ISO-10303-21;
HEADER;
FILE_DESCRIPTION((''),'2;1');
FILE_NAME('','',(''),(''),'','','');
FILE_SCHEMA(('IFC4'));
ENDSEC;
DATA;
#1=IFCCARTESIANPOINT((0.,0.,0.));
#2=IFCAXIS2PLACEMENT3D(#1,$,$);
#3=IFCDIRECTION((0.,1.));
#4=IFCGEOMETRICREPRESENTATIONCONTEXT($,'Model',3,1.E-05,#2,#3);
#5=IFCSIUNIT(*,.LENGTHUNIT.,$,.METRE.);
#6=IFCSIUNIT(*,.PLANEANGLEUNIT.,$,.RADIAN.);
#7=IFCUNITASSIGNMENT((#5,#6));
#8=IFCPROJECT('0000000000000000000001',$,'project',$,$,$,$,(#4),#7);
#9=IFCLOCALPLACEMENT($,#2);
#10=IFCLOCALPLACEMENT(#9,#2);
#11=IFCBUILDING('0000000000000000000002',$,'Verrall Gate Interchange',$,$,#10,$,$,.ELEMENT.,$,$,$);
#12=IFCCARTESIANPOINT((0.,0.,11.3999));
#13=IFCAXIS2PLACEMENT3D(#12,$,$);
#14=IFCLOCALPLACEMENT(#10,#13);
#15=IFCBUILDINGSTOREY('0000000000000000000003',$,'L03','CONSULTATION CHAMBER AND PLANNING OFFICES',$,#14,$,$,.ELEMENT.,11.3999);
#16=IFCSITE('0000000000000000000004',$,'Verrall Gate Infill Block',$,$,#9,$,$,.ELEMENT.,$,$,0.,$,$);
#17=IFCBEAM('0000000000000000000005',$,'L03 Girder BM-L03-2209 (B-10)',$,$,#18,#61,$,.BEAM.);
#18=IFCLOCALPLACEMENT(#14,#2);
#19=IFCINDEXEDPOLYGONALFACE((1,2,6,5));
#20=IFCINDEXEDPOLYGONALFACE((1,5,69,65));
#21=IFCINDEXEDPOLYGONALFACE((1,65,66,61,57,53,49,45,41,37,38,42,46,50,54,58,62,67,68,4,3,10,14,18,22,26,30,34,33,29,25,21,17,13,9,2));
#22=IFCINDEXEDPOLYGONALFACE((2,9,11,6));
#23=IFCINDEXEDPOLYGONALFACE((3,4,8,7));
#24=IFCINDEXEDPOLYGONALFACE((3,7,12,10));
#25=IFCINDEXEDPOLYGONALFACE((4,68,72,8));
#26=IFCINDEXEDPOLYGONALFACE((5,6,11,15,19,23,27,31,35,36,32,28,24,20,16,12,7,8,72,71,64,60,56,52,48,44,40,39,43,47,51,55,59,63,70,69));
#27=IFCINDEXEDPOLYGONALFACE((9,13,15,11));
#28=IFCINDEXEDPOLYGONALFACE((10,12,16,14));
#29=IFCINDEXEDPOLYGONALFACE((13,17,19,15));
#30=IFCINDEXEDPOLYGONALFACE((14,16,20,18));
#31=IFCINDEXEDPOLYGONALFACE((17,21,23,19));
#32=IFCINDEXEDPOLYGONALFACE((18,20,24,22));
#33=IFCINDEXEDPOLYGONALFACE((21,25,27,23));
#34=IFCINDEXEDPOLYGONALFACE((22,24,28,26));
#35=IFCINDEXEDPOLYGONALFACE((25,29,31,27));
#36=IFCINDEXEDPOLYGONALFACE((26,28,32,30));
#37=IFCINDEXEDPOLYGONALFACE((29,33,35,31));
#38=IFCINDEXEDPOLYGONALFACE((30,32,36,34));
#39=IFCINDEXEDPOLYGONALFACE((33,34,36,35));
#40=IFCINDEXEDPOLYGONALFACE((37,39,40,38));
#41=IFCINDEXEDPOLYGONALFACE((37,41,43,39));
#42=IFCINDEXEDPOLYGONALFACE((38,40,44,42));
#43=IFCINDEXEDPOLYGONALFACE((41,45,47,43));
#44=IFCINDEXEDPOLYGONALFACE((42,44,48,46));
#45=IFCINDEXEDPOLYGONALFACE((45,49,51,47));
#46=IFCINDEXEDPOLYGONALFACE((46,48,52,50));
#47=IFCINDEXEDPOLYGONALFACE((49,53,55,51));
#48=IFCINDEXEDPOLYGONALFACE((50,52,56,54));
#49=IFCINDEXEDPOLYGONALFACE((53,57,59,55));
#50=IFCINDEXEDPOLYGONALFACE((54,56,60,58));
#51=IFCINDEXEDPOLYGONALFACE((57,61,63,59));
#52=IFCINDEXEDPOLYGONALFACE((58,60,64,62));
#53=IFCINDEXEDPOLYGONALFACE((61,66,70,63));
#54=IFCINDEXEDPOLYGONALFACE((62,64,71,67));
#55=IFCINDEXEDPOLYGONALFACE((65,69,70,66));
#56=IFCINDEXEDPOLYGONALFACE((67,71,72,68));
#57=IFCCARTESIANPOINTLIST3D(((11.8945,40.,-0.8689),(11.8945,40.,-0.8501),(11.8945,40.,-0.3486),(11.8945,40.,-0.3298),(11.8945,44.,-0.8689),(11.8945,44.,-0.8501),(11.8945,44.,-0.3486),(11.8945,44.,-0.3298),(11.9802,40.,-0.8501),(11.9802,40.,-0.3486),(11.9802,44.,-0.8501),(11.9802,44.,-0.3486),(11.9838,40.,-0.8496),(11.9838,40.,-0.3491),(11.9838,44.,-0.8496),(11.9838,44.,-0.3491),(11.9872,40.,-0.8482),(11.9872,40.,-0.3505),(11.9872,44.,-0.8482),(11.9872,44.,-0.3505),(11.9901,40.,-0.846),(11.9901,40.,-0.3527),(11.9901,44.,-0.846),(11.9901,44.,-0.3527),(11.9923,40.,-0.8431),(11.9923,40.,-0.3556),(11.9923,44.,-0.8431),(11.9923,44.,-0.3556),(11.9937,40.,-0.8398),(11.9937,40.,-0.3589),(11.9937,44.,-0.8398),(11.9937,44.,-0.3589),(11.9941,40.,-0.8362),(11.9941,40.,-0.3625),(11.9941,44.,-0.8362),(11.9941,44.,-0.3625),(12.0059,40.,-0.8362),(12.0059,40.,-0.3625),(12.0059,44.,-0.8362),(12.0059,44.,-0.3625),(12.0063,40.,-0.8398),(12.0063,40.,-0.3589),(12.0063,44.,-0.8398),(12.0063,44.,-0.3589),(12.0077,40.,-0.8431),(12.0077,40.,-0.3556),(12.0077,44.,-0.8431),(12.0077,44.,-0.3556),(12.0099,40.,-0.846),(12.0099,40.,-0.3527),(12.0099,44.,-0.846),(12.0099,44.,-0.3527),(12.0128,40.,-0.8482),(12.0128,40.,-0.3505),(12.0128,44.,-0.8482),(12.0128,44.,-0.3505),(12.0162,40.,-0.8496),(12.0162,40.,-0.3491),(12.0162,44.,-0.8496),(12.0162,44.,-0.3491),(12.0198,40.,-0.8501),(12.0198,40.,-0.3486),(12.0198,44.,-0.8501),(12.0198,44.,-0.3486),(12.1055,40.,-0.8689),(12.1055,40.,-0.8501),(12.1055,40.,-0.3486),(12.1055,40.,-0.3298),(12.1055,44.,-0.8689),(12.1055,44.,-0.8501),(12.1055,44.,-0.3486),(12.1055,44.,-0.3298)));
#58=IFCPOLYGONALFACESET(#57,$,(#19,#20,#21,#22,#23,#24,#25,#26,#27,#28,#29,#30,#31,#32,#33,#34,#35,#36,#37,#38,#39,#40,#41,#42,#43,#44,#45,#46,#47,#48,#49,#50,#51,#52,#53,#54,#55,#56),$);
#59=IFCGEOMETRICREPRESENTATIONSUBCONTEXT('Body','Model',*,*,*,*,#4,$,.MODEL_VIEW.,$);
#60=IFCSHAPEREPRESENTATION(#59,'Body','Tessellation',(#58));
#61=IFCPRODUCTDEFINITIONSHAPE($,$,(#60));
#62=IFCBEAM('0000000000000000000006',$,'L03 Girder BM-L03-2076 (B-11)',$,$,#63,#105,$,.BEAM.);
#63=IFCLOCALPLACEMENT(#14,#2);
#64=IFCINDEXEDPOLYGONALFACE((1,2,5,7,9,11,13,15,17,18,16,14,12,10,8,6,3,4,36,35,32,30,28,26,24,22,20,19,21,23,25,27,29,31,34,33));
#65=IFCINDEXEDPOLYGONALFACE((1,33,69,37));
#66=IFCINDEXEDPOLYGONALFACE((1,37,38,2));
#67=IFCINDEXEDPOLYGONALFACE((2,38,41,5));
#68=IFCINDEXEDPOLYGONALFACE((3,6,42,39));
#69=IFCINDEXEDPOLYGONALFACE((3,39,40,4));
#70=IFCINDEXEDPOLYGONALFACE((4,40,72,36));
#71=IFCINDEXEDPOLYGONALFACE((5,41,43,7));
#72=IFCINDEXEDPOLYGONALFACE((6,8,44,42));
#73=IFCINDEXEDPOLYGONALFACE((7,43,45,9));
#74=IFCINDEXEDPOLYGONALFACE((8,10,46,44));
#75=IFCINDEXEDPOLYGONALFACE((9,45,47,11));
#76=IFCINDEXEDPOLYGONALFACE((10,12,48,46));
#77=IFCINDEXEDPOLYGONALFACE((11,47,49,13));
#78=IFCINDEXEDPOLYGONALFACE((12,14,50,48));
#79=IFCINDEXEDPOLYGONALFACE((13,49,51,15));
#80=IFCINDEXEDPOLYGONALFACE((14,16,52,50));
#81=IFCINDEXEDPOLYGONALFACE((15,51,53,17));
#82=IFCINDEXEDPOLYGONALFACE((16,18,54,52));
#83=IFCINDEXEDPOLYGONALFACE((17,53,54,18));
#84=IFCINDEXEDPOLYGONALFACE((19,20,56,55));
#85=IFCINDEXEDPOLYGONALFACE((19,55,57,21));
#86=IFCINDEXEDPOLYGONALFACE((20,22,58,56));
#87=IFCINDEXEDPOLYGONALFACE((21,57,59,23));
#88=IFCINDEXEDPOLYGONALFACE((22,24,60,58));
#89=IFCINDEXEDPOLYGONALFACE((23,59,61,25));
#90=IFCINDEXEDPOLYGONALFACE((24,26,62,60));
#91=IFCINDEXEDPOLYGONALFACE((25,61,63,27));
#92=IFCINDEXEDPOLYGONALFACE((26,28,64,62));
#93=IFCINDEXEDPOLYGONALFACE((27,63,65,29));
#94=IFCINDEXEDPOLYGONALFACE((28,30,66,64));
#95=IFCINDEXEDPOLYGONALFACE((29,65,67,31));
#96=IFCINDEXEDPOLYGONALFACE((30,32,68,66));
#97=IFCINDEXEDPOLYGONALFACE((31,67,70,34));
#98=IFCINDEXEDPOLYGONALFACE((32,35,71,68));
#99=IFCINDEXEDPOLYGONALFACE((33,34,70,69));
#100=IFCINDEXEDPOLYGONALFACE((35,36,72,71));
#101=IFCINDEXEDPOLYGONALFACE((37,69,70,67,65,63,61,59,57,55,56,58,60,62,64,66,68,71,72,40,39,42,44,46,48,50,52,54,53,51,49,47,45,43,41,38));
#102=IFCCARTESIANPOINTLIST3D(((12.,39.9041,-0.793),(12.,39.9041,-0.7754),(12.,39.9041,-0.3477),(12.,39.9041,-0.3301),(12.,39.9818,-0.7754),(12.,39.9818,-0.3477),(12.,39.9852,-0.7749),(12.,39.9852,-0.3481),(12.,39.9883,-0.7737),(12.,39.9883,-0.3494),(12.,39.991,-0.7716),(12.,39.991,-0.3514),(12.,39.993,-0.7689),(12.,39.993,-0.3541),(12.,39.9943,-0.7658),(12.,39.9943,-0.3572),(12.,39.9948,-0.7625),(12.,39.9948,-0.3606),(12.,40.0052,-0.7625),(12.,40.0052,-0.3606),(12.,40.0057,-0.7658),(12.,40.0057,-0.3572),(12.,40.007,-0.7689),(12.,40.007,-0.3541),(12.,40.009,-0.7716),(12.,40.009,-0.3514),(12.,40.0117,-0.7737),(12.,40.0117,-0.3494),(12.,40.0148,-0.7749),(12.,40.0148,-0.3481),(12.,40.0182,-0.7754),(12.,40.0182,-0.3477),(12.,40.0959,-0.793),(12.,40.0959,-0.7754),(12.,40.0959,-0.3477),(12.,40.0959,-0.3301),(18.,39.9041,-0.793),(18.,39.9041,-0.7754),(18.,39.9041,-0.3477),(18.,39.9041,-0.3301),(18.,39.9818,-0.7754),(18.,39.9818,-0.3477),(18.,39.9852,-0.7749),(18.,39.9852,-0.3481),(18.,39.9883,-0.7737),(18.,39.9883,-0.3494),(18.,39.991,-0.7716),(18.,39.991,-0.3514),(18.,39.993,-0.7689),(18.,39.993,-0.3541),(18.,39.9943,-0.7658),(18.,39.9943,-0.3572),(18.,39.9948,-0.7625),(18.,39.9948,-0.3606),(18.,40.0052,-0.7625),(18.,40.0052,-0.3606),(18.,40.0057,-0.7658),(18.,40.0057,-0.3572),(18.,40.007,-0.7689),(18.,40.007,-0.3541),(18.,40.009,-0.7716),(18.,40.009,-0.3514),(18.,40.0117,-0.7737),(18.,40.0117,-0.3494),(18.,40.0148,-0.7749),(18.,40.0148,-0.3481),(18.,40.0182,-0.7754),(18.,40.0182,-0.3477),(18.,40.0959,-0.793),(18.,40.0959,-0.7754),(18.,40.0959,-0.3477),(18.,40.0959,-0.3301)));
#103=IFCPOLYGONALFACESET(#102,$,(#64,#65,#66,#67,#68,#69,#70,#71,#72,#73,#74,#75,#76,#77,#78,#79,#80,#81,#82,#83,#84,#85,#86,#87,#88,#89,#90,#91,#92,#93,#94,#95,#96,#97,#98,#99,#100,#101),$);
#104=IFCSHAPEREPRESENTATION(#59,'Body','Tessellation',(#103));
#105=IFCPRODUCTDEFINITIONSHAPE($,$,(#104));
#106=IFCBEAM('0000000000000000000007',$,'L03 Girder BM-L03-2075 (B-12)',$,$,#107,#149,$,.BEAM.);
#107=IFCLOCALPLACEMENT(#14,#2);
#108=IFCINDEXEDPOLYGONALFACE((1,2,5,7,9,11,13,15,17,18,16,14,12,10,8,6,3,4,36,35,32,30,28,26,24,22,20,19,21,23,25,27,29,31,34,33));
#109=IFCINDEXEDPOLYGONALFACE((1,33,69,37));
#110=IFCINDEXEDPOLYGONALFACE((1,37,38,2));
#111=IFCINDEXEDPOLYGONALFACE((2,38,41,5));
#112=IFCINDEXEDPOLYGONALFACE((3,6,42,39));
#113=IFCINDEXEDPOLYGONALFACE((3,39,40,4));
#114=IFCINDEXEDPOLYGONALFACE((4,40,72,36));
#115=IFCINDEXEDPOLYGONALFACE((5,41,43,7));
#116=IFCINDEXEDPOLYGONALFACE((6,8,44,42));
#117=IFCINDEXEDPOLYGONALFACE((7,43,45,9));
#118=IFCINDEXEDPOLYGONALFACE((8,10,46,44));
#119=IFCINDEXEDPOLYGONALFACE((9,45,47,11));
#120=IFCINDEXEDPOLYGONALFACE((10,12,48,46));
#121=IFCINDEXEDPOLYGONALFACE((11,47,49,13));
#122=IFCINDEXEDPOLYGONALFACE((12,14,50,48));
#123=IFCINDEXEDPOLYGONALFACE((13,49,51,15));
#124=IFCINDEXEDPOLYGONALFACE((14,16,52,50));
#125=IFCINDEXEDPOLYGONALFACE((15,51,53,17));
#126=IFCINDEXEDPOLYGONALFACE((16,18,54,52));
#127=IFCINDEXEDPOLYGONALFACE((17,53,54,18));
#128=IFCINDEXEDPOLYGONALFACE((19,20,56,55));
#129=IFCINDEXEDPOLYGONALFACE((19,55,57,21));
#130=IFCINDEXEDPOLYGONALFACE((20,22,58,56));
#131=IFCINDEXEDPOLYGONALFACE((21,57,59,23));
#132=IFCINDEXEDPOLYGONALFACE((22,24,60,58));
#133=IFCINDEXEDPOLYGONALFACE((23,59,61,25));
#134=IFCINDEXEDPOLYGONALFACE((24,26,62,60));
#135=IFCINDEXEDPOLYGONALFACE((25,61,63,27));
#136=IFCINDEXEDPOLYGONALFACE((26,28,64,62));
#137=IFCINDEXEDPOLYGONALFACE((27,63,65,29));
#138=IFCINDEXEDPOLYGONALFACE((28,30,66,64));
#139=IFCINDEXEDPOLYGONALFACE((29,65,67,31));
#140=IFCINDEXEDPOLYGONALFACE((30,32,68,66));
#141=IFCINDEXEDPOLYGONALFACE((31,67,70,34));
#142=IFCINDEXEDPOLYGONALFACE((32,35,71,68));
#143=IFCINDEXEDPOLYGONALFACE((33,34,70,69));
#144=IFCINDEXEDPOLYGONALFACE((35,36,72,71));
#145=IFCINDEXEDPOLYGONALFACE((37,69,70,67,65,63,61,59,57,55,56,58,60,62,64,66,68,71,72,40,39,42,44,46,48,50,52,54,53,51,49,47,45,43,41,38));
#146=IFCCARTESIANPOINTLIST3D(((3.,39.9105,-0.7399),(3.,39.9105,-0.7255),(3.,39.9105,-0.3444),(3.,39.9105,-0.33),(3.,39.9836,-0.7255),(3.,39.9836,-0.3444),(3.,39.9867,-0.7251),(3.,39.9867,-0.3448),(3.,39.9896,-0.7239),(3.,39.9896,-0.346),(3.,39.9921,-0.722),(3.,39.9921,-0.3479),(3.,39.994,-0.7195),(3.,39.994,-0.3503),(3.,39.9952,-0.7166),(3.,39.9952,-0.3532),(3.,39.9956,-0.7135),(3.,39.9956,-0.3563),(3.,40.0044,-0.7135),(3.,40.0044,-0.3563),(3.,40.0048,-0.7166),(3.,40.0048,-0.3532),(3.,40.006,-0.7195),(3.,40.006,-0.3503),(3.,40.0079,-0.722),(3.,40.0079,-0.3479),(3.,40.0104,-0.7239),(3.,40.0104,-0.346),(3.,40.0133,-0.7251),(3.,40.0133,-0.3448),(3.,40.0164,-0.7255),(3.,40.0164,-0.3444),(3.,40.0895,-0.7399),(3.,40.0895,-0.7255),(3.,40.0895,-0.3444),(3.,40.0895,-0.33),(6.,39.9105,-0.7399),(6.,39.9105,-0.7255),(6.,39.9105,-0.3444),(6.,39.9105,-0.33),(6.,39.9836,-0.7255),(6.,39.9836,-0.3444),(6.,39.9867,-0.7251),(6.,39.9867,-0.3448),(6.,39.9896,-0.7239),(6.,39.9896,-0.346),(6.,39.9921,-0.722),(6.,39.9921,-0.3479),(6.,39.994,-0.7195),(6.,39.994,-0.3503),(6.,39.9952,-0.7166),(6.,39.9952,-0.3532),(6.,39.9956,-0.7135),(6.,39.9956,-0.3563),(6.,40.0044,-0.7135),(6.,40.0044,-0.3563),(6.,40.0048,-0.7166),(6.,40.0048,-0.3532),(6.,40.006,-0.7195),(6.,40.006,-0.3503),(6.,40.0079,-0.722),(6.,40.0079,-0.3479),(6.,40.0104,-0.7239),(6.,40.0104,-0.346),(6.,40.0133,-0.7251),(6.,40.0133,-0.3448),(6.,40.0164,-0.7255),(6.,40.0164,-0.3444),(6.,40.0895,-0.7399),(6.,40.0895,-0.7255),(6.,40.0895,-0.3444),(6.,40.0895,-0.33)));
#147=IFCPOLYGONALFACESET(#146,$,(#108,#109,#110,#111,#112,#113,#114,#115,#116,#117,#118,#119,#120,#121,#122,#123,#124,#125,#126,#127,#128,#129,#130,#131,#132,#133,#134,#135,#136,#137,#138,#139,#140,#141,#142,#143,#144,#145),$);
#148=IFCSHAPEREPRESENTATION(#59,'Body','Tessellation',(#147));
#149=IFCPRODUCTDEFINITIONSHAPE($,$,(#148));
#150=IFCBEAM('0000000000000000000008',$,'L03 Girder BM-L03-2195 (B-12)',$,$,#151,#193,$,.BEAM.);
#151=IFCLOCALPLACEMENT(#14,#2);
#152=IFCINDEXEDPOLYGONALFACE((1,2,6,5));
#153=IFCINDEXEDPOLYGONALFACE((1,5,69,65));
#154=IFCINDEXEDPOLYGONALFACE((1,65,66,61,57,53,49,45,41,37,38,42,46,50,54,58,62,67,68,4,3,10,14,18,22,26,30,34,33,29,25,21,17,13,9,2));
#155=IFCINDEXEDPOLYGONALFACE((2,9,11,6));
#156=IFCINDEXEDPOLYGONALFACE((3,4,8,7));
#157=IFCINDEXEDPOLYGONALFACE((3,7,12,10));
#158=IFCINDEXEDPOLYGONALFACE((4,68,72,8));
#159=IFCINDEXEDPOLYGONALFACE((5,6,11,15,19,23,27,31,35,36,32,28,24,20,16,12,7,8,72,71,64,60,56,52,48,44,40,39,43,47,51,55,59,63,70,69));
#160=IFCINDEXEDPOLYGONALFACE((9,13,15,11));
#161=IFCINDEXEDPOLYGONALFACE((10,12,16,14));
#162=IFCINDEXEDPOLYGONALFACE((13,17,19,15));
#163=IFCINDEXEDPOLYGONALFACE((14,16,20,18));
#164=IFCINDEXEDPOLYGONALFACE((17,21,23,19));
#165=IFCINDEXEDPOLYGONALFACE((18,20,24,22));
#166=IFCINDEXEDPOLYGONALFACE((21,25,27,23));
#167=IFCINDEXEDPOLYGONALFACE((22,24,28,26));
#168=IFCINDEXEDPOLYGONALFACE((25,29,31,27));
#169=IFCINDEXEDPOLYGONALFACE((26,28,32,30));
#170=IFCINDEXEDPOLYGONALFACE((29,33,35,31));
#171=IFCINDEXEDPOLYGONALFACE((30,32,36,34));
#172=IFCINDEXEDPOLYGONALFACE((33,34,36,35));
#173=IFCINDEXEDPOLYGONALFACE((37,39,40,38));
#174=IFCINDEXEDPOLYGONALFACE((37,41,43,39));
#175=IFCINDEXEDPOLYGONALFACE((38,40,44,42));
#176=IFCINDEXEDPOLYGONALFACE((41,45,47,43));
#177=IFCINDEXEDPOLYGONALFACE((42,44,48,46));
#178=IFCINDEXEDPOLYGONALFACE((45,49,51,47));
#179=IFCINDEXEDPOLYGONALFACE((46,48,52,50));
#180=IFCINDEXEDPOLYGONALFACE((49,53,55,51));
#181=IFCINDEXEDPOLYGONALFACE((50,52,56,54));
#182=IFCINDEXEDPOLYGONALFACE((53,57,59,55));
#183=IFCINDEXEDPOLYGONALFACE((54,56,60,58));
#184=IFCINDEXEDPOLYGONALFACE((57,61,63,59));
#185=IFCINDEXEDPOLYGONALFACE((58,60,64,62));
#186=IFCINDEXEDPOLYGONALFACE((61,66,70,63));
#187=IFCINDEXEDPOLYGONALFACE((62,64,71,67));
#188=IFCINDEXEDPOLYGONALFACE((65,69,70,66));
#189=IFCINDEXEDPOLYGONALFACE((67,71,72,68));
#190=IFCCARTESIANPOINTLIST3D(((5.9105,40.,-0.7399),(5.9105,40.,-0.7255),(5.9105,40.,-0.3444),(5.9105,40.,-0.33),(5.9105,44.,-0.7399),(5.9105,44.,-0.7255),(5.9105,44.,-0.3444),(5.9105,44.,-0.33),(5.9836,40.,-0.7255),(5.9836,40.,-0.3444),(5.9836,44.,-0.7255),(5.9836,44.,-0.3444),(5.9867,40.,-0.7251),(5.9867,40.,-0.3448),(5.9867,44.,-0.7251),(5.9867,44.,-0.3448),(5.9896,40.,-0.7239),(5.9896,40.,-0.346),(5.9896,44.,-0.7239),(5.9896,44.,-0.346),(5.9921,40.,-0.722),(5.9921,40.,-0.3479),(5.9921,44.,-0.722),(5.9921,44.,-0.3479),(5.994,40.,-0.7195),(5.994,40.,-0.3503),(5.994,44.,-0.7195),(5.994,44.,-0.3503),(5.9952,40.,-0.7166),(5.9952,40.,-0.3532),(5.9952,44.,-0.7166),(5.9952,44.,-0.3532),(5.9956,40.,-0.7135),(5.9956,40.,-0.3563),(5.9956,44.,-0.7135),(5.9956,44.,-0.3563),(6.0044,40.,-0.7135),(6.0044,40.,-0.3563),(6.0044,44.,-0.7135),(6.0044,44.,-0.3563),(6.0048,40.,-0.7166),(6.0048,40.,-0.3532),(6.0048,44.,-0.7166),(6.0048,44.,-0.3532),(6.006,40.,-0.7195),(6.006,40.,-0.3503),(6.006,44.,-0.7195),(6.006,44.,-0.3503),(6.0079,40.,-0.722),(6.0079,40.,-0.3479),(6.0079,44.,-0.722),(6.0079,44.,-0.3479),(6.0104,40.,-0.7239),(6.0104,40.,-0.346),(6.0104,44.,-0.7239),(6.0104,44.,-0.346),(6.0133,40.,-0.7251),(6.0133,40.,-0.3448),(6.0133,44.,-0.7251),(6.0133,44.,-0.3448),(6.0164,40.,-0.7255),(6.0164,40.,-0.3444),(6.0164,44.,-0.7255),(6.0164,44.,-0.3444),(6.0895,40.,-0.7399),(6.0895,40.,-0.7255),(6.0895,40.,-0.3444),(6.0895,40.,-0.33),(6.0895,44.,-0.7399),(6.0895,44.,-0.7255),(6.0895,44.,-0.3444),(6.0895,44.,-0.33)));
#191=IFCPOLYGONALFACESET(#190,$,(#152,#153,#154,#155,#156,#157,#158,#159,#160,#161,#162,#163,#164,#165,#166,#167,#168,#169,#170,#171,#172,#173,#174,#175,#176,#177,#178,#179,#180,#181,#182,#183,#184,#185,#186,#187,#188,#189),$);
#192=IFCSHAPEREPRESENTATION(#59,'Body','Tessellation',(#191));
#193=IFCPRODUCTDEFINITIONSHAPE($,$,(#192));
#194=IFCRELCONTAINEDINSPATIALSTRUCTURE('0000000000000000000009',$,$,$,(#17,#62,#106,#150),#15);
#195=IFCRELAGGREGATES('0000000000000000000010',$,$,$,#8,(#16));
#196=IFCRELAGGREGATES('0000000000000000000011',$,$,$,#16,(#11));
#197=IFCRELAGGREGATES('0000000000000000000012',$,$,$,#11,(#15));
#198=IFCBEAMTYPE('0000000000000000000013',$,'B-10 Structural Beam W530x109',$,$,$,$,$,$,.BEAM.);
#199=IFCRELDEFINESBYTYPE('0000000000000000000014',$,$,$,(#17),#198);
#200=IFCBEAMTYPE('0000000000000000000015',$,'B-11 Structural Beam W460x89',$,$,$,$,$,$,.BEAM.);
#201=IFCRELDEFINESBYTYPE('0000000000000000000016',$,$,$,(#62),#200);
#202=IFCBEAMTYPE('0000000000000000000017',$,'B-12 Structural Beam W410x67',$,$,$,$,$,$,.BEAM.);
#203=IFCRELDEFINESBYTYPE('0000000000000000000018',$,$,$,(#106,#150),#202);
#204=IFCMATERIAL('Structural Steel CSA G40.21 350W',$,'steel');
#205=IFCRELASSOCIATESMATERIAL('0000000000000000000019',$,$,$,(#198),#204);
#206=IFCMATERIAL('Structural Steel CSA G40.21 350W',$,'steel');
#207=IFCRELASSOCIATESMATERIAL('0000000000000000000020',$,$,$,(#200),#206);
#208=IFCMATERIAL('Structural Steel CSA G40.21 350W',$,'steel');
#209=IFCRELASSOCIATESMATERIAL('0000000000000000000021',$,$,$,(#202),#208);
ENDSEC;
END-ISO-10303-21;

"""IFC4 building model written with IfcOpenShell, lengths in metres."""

from ifc_helpers import new_model, si_unit, direction, frame, origin, origin_2d, place, context, subcontext, project, spatial, i_section, extrude, material, material_profile, profile_set, type_object, element, save


model = new_model("IFC4")

# Units and contexts
model_context = context("Model", 3, precision=1e-05, world=origin(), true_north=direction((0.0, 1.0)))
body_context = subcontext(model_context, "Body", "Model", "MODEL_VIEW")
ifc_project = project(units=[si_unit("LENGTHUNIT", "METRE"), si_unit("PLANEANGLEUNIT", "RADIAN")], contexts=[model_context])

# Site, building, storey
site_placement = place(None, origin())
site = spatial("IfcSite", under=ifc_project, at=site_placement, Name="Verrall Gate Infill Block", CompositionType="ELEMENT", RefElevation=0.0)
building_placement = place(site_placement, origin())
building = spatial("IfcBuilding", under=site, at=building_placement, Name="Verrall Gate Interchange", CompositionType="ELEMENT")
storey_placement = place(building_placement, frame((0.0, 0.0, 11.3999)))
storey = spatial("IfcBuildingStorey", under=building, at=storey_placement, Name="L03", Description="CONSULTATION CHAMBER AND PLANNING OFFICES", CompositionType="ELEMENT", Elevation=11.3999)

# Beams
ifc_material_1 = material(Name="Structural Steel CSA G40.21 350W", Category="steel")
ifc_material_profile_1 = material_profile(ifc_material_1, i_section(OverallWidth=0.2109, OverallDepth=0.5391, WebThickness=0.0117, FlangeThickness=0.0188, FilletRadius=0.0139, at=origin_2d()), Name="W530x109")
ifc_profile_set_1 = profile_set([ifc_material_profile_1], Name="Structural Steel CSA G40.21 350W")
beam_type_1 = type_object("IfcBeamType", Name="B-10 Structural Beam W530x109", PredefinedType="BEAM", material=ifc_profile_set_1)
for number, where, z_axis, x_axis, name in (
    (1, (12.0, 40.0, -0.5994), (0.0, 1.0, 0.0), (-1.0, 0.0, 0.0), "L03 Girder BM-L03-2209 (B-10)"),
):
    element("IfcBeam", number, at=place(storey_placement, frame(where, z_axis=z_axis, x_axis=x_axis)), inside=storey, type_object=beam_type_1, Name=name, PredefinedType="BEAM", context=body_context, shape_type="SweptSolid", body=[
        extrude(i_section(OverallWidth=0.2109, OverallDepth=0.5391, WebThickness=0.0117, FlangeThickness=0.0188, FilletRadius=0.0139, at=origin_2d()), origin(), (0.0, 0.0, 1.0), 4.0),
    ])
ifc_material_2 = material(Name="Structural Steel CSA G40.21 350W", Category="steel")
ifc_material_profile_2 = material_profile(ifc_material_2, i_section(OverallWidth=0.1919, OverallDepth=0.4629, WebThickness=0.0105, FlangeThickness=0.0176, FilletRadius=0.0129, at=origin_2d()), Name="W460x89")
ifc_profile_set_2 = profile_set([ifc_material_profile_2], Name="Structural Steel CSA G40.21 350W")
beam_type_2 = type_object("IfcBeamType", Name="B-11 Structural Beam W460x89", PredefinedType="BEAM", material=ifc_profile_set_2)
beam_1_placement = place(storey_placement, frame((12.0, 40.0, -0.5615), z_axis=(1.0, 0.0, 0.0), x_axis=(0.0, 1.0, 0.0)))
element("IfcBeam", 2, at=beam_1_placement, inside=storey, type_object=beam_type_2, Name="L03 Girder BM-L03-2076 (B-11)", PredefinedType="BEAM", context=body_context, shape_type="SweptSolid", body=[
    extrude(i_section(OverallWidth=0.1919, OverallDepth=0.4629, WebThickness=0.0105, FlangeThickness=0.0176, FilletRadius=0.0129, at=origin_2d()), origin(), (0.0, 0.0, 1.0), 6.0),
])
ifc_material_3 = material(Name="Structural Steel CSA G40.21 350W", Category="steel")
ifc_material_profile_3 = material_profile(ifc_material_3, i_section(OverallWidth=0.179, OverallDepth=0.4099, WebThickness=0.0088, FlangeThickness=0.0144, FilletRadius=0.012, at=origin_2d()), Name="W410x67")
ifc_profile_set_3 = profile_set([ifc_material_profile_3], Name="Structural Steel CSA G40.21 350W")
beam_type_3 = type_object("IfcBeamType", Name="B-12 Structural Beam W410x67", PredefinedType="BEAM", material=ifc_profile_set_3)
beam_2_placement = place(storey_placement, frame((3.0, 40.0, -0.5349), z_axis=(1.0, 0.0, 0.0), x_axis=(0.0, 1.0, 0.0)))
element("IfcBeam", 3, at=beam_2_placement, inside=storey, type_object=beam_type_3, Name="L03 Girder BM-L03-2075 (B-12)", PredefinedType="BEAM", context=body_context, shape_type="SweptSolid", body=[
    extrude(i_section(OverallWidth=0.179, OverallDepth=0.4099, WebThickness=0.0088, FlangeThickness=0.0144, FilletRadius=0.012, at=origin_2d()), origin(), (0.0, 0.0, 1.0), 3.0),
])
beam_3_placement = place(storey_placement, frame((6.0, 40.0, -0.5349), z_axis=(0.0, 1.0, 0.0), x_axis=(-1.0, 0.0, 0.0)))
element("IfcBeam", 4, at=beam_3_placement, inside=storey, type_object=beam_type_3, Name="L03 Girder BM-L03-2195 (B-12)", PredefinedType="BEAM", context=body_context, shape_type="SweptSolid", body=[
    extrude(i_section(OverallWidth=0.179, OverallDepth=0.4099, WebThickness=0.0088, FlangeThickness=0.0144, FilletRadius=0.012, at=origin_2d()), origin(), (0.0, 0.0, 1.0), 4.0),
])

save(model, "model.ifc")
